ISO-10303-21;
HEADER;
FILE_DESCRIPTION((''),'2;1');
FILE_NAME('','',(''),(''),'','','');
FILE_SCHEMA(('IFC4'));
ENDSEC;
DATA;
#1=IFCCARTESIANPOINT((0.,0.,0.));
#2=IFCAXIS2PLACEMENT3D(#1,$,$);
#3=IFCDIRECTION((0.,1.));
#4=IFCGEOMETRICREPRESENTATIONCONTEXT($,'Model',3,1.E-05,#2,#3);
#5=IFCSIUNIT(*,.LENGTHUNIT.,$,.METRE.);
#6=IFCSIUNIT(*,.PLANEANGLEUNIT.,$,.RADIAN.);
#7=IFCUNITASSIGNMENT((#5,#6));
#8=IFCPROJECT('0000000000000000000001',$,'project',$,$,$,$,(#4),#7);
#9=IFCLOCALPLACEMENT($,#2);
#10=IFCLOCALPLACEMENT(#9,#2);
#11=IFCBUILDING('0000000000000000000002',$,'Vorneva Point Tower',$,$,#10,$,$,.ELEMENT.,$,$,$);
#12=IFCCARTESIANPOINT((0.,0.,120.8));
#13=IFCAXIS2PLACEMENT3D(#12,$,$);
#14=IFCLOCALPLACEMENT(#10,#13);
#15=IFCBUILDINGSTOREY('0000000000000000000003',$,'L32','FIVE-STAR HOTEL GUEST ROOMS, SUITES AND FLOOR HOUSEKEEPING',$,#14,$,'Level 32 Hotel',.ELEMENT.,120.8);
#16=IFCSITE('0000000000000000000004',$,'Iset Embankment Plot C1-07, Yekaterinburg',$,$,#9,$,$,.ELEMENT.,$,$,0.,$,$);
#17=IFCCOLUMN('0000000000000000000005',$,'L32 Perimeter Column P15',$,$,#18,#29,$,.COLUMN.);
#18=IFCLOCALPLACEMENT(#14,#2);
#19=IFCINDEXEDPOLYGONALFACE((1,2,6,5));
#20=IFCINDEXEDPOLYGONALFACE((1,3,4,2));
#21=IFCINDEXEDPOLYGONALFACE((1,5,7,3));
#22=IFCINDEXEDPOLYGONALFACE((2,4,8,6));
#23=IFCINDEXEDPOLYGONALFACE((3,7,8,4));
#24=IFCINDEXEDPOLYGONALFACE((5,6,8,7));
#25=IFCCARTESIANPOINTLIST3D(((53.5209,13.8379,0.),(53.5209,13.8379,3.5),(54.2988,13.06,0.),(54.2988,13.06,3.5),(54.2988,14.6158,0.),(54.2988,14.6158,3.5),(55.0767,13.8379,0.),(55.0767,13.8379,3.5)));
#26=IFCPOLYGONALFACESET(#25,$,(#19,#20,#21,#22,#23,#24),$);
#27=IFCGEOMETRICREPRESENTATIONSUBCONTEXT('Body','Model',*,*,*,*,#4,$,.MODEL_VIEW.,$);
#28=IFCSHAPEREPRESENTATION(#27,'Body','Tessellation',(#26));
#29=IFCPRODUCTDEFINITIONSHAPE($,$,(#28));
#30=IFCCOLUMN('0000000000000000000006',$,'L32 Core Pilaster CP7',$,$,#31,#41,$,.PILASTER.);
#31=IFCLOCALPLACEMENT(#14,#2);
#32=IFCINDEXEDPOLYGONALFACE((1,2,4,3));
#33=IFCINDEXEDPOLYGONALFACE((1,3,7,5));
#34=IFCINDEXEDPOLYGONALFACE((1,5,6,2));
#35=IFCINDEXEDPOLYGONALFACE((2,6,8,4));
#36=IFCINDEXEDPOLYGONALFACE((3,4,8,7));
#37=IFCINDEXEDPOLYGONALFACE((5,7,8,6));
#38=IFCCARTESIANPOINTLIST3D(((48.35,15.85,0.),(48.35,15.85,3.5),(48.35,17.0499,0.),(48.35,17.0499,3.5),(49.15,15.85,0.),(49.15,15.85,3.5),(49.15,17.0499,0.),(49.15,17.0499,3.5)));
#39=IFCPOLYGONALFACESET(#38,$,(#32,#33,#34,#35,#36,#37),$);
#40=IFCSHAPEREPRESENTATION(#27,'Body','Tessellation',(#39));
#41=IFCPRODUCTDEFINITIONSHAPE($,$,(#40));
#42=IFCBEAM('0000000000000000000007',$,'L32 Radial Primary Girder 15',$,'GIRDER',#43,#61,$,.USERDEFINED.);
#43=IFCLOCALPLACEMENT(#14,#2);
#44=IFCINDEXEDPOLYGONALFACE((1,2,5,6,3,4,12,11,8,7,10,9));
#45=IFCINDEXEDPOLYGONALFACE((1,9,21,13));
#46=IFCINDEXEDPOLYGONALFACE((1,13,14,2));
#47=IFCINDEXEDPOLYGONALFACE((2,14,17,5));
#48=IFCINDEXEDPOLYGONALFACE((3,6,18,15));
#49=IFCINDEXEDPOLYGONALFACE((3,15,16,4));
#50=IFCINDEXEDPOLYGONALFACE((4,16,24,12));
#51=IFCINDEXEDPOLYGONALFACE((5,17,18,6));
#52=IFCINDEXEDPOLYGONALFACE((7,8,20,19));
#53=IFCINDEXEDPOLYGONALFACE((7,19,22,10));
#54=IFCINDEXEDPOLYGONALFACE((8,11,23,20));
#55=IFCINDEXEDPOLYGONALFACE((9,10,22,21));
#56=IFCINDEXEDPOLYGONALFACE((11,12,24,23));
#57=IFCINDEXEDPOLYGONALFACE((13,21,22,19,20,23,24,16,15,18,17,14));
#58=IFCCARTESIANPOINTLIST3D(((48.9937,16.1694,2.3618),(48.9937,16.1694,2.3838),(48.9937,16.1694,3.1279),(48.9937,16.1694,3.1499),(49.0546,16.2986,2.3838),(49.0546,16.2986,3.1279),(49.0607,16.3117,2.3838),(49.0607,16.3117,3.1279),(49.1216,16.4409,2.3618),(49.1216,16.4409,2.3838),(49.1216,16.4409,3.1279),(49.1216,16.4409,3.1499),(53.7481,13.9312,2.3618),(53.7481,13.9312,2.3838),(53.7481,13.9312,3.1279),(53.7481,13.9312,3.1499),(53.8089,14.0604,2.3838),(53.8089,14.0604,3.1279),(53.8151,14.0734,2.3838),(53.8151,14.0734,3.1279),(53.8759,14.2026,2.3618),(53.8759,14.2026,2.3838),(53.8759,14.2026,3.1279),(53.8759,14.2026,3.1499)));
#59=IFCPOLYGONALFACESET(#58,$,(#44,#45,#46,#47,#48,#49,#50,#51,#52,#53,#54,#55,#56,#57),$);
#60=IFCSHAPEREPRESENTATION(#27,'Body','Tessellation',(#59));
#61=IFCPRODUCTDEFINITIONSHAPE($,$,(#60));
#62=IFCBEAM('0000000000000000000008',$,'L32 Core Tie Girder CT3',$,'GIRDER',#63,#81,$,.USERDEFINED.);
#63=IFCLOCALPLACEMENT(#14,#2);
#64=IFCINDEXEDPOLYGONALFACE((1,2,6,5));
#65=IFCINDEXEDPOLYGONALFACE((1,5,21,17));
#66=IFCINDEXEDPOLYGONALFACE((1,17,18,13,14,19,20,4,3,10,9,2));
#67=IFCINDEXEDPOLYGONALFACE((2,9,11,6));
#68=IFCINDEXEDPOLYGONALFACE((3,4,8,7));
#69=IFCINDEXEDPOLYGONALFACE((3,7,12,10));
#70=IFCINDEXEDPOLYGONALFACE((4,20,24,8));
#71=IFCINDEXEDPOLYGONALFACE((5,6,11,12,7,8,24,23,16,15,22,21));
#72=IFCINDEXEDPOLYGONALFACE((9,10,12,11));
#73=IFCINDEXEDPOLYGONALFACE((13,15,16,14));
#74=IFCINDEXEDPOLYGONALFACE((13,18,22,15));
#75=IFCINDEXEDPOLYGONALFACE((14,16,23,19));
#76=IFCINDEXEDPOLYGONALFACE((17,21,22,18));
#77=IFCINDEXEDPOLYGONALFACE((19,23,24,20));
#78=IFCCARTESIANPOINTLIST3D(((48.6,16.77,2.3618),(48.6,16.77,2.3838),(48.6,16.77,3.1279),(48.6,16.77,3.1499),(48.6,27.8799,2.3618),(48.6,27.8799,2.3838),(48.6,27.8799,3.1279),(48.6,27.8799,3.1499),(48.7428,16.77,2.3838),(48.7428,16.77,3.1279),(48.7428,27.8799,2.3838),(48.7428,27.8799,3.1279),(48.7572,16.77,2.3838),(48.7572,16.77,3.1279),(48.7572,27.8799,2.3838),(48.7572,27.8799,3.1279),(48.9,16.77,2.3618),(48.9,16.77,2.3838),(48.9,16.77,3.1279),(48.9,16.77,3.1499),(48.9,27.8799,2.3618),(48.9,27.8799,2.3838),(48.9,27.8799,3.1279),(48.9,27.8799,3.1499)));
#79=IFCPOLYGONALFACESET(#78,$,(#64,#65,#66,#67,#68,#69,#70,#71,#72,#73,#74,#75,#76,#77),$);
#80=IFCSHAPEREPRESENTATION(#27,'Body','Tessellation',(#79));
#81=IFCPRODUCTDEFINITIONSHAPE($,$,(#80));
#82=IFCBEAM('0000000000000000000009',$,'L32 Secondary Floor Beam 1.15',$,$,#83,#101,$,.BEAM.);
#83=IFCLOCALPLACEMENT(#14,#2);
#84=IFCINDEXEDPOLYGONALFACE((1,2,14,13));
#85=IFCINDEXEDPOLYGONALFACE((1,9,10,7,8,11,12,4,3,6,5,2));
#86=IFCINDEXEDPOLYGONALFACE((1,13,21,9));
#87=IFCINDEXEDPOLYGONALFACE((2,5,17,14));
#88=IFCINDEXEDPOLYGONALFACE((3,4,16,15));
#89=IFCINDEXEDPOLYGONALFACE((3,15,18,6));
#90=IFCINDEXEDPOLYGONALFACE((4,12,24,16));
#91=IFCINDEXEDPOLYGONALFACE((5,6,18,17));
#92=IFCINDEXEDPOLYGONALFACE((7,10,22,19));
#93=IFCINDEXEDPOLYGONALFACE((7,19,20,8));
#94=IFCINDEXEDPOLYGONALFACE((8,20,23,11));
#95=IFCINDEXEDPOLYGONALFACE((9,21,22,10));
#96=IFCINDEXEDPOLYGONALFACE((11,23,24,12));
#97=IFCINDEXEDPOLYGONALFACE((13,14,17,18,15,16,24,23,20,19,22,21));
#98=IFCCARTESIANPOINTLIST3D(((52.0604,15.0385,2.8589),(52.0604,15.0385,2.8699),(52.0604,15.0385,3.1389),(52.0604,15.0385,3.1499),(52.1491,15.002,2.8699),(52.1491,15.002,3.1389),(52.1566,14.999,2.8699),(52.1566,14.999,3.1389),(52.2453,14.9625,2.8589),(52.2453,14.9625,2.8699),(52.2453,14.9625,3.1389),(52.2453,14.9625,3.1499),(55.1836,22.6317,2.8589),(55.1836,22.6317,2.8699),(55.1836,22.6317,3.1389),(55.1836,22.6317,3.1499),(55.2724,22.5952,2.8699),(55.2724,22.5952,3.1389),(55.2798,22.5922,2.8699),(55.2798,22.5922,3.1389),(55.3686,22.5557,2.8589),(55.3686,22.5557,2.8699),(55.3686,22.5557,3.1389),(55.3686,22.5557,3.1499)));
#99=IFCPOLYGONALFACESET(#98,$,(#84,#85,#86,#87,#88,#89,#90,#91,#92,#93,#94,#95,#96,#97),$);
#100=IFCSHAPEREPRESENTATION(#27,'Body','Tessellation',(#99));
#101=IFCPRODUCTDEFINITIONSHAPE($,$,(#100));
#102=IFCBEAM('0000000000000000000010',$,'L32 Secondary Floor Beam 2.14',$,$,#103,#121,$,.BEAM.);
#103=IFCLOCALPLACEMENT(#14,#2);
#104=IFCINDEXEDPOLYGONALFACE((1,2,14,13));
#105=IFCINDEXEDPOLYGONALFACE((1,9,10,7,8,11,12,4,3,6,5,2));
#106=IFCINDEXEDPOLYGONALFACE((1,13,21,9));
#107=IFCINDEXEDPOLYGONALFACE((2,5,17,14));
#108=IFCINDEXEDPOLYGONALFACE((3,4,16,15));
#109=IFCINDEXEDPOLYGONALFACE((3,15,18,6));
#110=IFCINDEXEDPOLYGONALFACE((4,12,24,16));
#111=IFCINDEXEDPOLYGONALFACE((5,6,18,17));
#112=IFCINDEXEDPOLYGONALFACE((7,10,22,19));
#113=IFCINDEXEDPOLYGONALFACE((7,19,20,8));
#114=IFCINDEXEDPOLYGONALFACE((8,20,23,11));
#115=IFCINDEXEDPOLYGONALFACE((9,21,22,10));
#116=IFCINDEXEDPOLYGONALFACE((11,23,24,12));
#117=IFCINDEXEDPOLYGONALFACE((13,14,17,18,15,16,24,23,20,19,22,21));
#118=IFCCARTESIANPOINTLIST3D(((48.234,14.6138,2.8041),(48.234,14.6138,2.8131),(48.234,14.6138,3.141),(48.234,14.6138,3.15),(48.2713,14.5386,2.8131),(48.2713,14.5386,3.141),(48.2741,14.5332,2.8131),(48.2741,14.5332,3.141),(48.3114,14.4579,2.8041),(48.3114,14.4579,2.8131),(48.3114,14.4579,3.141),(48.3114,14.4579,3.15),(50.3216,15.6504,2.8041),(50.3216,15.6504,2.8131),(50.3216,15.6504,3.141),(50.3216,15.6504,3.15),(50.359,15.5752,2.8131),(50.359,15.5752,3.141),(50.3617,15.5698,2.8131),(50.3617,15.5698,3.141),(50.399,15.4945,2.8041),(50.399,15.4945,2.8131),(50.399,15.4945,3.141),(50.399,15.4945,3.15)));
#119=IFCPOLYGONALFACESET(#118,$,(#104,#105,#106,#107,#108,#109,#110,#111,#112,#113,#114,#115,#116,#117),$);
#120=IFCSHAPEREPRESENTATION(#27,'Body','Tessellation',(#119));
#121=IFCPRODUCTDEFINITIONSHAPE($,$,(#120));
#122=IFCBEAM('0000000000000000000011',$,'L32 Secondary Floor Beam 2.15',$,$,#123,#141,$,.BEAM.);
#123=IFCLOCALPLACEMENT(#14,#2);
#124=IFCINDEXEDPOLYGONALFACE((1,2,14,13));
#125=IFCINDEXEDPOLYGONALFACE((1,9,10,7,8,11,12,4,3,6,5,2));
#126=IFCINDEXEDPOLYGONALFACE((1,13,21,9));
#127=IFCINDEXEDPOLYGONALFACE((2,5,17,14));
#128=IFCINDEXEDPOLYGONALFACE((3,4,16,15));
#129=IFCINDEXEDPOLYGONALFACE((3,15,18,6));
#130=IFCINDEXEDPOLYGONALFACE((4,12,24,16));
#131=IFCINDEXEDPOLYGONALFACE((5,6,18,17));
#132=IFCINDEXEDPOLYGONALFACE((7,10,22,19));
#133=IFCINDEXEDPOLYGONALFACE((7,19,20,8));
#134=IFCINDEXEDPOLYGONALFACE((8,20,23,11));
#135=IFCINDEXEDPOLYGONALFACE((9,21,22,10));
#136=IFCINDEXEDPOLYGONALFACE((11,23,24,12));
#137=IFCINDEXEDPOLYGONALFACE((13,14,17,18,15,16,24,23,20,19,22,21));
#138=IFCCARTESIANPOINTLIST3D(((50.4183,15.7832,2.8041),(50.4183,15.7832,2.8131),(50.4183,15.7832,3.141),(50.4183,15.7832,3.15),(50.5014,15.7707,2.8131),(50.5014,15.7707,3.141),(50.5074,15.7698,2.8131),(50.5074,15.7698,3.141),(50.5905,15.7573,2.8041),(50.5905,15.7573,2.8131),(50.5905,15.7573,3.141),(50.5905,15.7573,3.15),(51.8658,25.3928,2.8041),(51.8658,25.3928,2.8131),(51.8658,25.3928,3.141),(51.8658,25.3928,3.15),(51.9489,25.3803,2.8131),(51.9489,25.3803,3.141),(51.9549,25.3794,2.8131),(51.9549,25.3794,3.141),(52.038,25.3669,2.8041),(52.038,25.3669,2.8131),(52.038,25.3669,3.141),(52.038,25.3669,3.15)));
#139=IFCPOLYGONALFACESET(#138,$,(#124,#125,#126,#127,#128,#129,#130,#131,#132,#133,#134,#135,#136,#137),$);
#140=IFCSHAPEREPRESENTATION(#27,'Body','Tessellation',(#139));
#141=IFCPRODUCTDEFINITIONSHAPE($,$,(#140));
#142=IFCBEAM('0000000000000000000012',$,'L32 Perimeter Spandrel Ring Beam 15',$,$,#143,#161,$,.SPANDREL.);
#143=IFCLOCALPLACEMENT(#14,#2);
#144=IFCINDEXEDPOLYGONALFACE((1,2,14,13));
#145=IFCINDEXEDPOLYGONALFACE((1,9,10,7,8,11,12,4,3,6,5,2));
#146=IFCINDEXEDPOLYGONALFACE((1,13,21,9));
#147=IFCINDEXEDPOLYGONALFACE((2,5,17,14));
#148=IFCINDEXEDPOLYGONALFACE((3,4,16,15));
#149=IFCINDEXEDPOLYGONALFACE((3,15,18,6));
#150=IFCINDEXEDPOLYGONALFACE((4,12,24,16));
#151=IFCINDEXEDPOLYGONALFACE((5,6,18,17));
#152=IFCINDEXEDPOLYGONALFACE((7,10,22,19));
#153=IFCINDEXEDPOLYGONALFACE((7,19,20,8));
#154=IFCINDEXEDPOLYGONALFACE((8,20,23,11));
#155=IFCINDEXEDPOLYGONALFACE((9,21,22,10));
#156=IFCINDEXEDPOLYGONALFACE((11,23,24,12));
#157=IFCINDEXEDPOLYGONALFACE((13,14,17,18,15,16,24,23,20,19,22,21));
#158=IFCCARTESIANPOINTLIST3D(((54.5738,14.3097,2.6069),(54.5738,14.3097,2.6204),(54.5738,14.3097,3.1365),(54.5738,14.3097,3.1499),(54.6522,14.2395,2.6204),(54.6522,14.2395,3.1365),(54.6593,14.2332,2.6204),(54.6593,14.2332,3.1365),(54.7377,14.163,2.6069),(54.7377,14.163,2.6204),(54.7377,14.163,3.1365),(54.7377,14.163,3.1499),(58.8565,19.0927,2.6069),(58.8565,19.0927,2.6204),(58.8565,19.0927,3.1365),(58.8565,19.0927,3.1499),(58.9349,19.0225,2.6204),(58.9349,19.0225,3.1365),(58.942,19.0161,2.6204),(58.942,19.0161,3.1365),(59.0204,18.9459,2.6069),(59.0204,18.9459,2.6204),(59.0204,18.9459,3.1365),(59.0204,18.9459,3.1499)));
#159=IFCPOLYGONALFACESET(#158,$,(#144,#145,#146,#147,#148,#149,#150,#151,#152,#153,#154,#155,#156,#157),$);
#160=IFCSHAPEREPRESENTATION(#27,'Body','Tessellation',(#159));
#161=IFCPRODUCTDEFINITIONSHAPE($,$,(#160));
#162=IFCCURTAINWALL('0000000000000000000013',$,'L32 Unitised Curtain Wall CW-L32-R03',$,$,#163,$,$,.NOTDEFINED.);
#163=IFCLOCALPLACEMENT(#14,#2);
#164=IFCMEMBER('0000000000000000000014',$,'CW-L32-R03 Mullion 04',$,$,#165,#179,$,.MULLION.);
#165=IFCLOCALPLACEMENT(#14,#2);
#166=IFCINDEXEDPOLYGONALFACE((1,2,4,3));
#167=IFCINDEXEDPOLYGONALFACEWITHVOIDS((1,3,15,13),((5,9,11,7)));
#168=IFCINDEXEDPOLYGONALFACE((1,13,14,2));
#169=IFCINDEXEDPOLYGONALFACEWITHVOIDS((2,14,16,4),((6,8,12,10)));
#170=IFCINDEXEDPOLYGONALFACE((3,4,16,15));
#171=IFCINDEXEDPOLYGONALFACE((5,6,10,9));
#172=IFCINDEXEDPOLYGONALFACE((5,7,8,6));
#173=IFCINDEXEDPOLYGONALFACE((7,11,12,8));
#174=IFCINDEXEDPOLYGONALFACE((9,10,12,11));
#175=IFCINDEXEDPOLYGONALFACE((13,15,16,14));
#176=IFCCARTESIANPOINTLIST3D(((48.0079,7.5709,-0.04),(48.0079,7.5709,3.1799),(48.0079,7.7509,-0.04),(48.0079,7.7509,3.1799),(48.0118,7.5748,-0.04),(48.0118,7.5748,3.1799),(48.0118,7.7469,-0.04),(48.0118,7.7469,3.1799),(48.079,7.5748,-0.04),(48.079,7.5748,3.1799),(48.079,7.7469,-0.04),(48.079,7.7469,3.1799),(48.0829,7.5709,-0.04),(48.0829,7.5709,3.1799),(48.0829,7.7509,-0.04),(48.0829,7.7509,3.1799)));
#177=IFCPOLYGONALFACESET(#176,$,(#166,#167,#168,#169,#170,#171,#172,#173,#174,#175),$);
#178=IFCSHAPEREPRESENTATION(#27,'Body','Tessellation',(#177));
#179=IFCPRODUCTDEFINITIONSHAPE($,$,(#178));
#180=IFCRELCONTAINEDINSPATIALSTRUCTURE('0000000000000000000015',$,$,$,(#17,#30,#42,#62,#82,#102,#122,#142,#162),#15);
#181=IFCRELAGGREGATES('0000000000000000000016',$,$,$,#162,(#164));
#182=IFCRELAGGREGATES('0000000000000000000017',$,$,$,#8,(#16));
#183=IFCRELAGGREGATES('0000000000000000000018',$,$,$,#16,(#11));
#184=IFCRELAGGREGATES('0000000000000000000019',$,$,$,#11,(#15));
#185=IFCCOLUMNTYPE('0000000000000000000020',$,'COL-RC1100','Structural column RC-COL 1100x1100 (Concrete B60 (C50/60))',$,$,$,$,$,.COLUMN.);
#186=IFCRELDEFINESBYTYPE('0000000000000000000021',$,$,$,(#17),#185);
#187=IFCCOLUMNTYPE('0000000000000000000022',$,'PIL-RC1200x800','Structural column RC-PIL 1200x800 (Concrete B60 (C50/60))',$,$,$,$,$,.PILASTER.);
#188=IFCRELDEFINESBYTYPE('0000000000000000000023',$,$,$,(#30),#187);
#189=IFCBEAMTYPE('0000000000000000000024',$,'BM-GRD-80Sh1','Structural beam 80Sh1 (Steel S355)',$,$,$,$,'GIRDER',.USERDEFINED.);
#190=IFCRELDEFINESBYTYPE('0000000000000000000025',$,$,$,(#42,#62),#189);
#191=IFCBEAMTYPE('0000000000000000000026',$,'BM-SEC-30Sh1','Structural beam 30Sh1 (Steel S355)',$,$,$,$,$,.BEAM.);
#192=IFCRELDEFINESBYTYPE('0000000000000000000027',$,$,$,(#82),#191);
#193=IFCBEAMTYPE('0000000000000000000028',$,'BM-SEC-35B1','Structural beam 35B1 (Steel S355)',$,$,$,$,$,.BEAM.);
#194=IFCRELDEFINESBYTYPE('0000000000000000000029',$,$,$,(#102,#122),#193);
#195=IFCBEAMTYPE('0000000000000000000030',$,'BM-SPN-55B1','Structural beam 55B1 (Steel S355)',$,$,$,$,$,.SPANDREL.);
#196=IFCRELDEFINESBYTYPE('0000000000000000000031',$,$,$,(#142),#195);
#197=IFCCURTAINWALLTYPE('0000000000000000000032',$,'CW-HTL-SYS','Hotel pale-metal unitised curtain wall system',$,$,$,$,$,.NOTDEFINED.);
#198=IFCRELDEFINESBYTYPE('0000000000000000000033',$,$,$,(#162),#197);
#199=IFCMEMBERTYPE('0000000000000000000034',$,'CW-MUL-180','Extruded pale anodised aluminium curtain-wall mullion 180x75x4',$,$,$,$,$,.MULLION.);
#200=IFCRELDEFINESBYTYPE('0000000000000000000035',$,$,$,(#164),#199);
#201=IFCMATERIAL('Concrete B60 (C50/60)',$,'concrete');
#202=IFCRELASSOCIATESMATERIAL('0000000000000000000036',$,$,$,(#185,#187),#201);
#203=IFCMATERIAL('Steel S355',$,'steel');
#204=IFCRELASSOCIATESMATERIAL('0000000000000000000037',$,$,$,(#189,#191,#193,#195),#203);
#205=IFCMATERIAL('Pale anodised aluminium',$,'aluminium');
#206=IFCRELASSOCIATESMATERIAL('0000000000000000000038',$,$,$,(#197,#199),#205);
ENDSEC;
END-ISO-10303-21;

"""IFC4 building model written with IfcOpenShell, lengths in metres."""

from ifc_helpers import new_model, si_unit, direction, frame, origin, origin_2d, place, context, subcontext, project, spatial, rectangle, hollow_rectangle, i_section, extrude, material, material_profile, profile_set, type_object, element, aggregate, save


model = new_model("IFC4")

# Units and contexts
model_context = context("Model", 3, precision=1e-05, world=origin(), true_north=direction((0.0, 1.0)))
body_context = subcontext(model_context, "Body", "Model", "MODEL_VIEW")
ifc_project = project(units=[si_unit("LENGTHUNIT", "METRE"), si_unit("PLANEANGLEUNIT", "RADIAN")], contexts=[model_context])

# Site, building, storey
site_placement = place(None, origin())
site = spatial("IfcSite", under=ifc_project, at=site_placement, Name="Iset Embankment Plot C1-07, Yekaterinburg", CompositionType="ELEMENT", RefElevation=0.0)
building_placement = place(site_placement, origin())
building = spatial("IfcBuilding", under=site, at=building_placement, Name="Vorneva Point Tower", CompositionType="ELEMENT")
storey_placement = place(building_placement, frame((0.0, 0.0, 120.8)))
storey = spatial("IfcBuildingStorey", under=building, at=storey_placement, Name="L32", Description="FIVE-STAR HOTEL GUEST ROOMS, SUITES AND FLOOR HOUSEKEEPING", LongName="Level 32 Hotel", CompositionType="ELEMENT", Elevation=120.8)

# Columns
ifc_material_1 = material(Name="Concrete B60 (C50/60)", Category="concrete")
ifc_material_profile_1 = material_profile(ifc_material_1, rectangle(XDim=1.1001, YDim=1.1001, at=origin_2d()), Name="RC-COL 1100x1100")
ifc_profile_set_1 = profile_set([ifc_material_profile_1], Name="Concrete B60 (C50/60)")
column_type_1 = type_object("IfcColumnType", Name="COL-RC1100", Description="Structural column RC-COL 1100x1100 (Concrete B60 (C50/60))", PredefinedType="COLUMN", material=ifc_profile_set_1)
column_1_placement = place(storey_placement, frame((54.2988, 13.8379, 0.0), z_axis=(0.0, 0.0, 1.0), x_axis=(0.707107, -0.707107, 0.0)))
element("IfcColumn", 1, at=column_1_placement, inside=storey, type_object=column_type_1, Name="L32 Perimeter Column P15", PredefinedType="COLUMN", context=body_context, shape_type="SweptSolid", body=[
    extrude(rectangle(XDim=1.1001, YDim=1.1001, at=origin_2d()), origin(), (0.0, 0.0, 1.0), 3.5),
])
ifc_material_profile_2 = material_profile(ifc_material_1, rectangle(XDim=0.8, YDim=1.2, at=origin_2d()), Name="RC-PIL 1200x800")
ifc_profile_set_2 = profile_set([ifc_material_profile_2], Name="Concrete B60 (C50/60)")
column_type_2 = type_object("IfcColumnType", Name="PIL-RC1200x800", Description="Structural column RC-PIL 1200x800 (Concrete B60 (C50/60))", PredefinedType="PILASTER", material=ifc_profile_set_2)
column_2_placement = place(storey_placement, frame((48.75, 16.45, 0.0), z_axis=(0.0, 0.0, 1.0), x_axis=(1.0, 0.0, 0.0)))
element("IfcColumn", 2, at=column_2_placement, inside=storey, type_object=column_type_2, Name="L32 Core Pilaster CP7", PredefinedType="PILASTER", context=body_context, shape_type="SweptSolid", body=[
    extrude(rectangle(XDim=0.8, YDim=1.2, at=origin_2d()), origin(), (0.0, 0.0, 1.0), 3.5),
])

# Beams
ifc_material_2 = material(Name="Steel S355", Category="steel")
ifc_material_profile_3 = material_profile(ifc_material_2, i_section(OverallWidth=0.3, OverallDepth=0.7881, WebThickness=0.0144, FlangeThickness=0.022, at=origin_2d()), Name="80Sh1")
ifc_profile_set_3 = profile_set([ifc_material_profile_3], Name="Steel S355")
beam_type_1 = type_object("IfcBeamType", Name="BM-GRD-80Sh1", Description="Structural beam 80Sh1 (Steel S355)", ElementType="GIRDER", PredefinedType="USERDEFINED", material=ifc_profile_set_3)
beam_1_placement = place(storey_placement, frame((53.812, 14.0669, 2.7559), z_axis=(-0.904751, 0.42594, 0.0), x_axis=(-0.42594, -0.904751, 0.0)))
element("IfcBeam", 3, at=beam_1_placement, inside=storey, type_object=beam_type_1, Name="L32 Radial Primary Girder 15", ObjectType="GIRDER", PredefinedType="USERDEFINED", context=body_context, shape_type="SweptSolid", body=[
    extrude(i_section(OverallWidth=0.3, OverallDepth=0.7881, WebThickness=0.0144, FlangeThickness=0.022, at=origin_2d()), origin(), (0.0, 0.0, 1.0), 5.2549),
])
beam_2_placement = place(storey_placement, frame((48.75, 16.77, 2.7559), z_axis=(0.0, 1.0, 0.0), x_axis=(-1.0, 0.0, 0.0)))
element("IfcBeam", 4, at=beam_2_placement, inside=storey, type_object=beam_type_1, Name="L32 Core Tie Girder CT3", ObjectType="GIRDER", PredefinedType="USERDEFINED", context=body_context, shape_type="SweptSolid", body=[
    extrude(i_section(OverallWidth=0.3, OverallDepth=0.7881, WebThickness=0.0144, FlangeThickness=0.022, at=origin_2d()), origin(), (0.0, 0.0, 1.0), 11.1099),
])
ifc_material_profile_4 = material_profile(ifc_material_2, i_section(OverallWidth=0.2, OverallDepth=0.291, WebThickness=0.0081, FlangeThickness=0.011, at=origin_2d()), Name="30Sh1")
ifc_profile_set_4 = profile_set([ifc_material_profile_4], Name="Steel S355")
beam_type_2 = type_object("IfcBeamType", Name="BM-SEC-30Sh1", Description="Structural beam 30Sh1 (Steel S355)", PredefinedType="BEAM", material=ifc_profile_set_4)
beam_3_placement = place(storey_placement, frame((52.1528, 15.0005, 3.0044), z_axis=(0.380401, 0.924822, 0.0), x_axis=(-0.924822, 0.380401, 0.0)))
element("IfcBeam", 5, at=beam_3_placement, inside=storey, type_object=beam_type_2, Name="L32 Secondary Floor Beam 1.15", PredefinedType="BEAM", context=body_context, shape_type="SweptSolid", body=[
    extrude(i_section(OverallWidth=0.2, OverallDepth=0.291, WebThickness=0.0081, FlangeThickness=0.011, at=origin_2d()), origin(), (0.0, 0.0, 1.0), 8.2104),
])
ifc_material_profile_5 = material_profile(ifc_material_2, i_section(OverallWidth=0.1741, OverallDepth=0.3459, WebThickness=0.0061, FlangeThickness=0.009, at=origin_2d()), Name="35B1")
ifc_profile_set_5 = profile_set([ifc_material_profile_5], Name="Steel S355")
beam_type_3 = type_object("IfcBeamType", Name="BM-SEC-35B1", Description="Structural beam 35B1 (Steel S355)", PredefinedType="BEAM", material=ifc_profile_set_5)
beam_4_placement = place(storey_placement, frame((48.2727, 14.5359, 2.9771), z_axis=(0.89566, 0.44474, 0.0), x_axis=(-0.44474, 0.89566, 0.0)))
element("IfcBeam", 6, at=beam_4_placement, inside=storey, type_object=beam_type_3, Name="L32 Secondary Floor Beam 2.14", PredefinedType="BEAM", context=body_context, shape_type="SweptSolid", body=[
    extrude(i_section(OverallWidth=0.1741, OverallDepth=0.3459, WebThickness=0.0061, FlangeThickness=0.009, at=origin_2d()), origin(), (0.0, 0.0, 1.0), 2.3308),
])
beam_5_placement = place(storey_placement, frame((50.5044, 15.7703, 2.9771), z_axis=(0.148951, 0.988845, 0.0), x_axis=(-0.988845, 0.148951, 0.0)))
element("IfcBeam", 7, at=beam_5_placement, inside=storey, type_object=beam_type_3, Name="L32 Secondary Floor Beam 2.15", PredefinedType="BEAM", context=body_context, shape_type="SweptSolid", body=[
    extrude(i_section(OverallWidth=0.1741, OverallDepth=0.3459, WebThickness=0.0061, FlangeThickness=0.009, at=origin_2d()), origin(), (0.0, 0.0, 1.0), 9.718),
])
ifc_material_profile_6 = material_profile(ifc_material_2, i_section(OverallWidth=0.22, OverallDepth=0.543, WebThickness=0.0095, FlangeThickness=0.0134, at=origin_2d()), Name="55B1")
ifc_profile_set_6 = profile_set([ifc_material_profile_6], Name="Steel S355")
beam_type_4 = type_object("IfcBeamType", Name="BM-SPN-55B1", Description="Structural beam 55B1 (Steel S355)", PredefinedType="SPANDREL", material=ifc_profile_set_6)
beam_6_placement = place(storey_placement, frame((54.6558, 14.2363, 2.8784), z_axis=(0.667074, 0.744992, 0.0), x_axis=(-0.744992, 0.667074, 0.0)))
element("IfcBeam", 8, at=beam_6_placement, inside=storey, type_object=beam_type_4, Name="L32 Perimeter Spandrel Ring Beam 15", PredefinedType="SPANDREL", context=body_context, shape_type="SweptSolid", body=[
    extrude(i_section(OverallWidth=0.22, OverallDepth=0.543, WebThickness=0.0095, FlangeThickness=0.0134, at=origin_2d()), origin(), (0.0, 0.0, 1.0), 6.4202),
])

# Curtain wall, member
ifc_material_3 = material(Name="Pale anodised aluminium", Category="aluminium")
curtain_wall_type = type_object("IfcCurtainWallType", Name="CW-HTL-SYS", Description="Hotel pale-metal unitised curtain wall system", PredefinedType="NOTDEFINED", material=ifc_material_3)
curtain_wall_1_placement = place(storey_placement, origin())
curtain_wall_1 = element("IfcCurtainWall", 9, at=curtain_wall_1_placement, inside=storey, type_object=curtain_wall_type, Name="L32 Unitised Curtain Wall CW-L32-R03", PredefinedType="NOTDEFINED")
ifc_material_profile_7 = material_profile(ifc_material_3, hollow_rectangle(XDim=0.075, YDim=0.1799, WallThickness=0.0039, at=origin_2d()), Name="AL-MUL 180x75x4")
ifc_profile_set_7 = profile_set([ifc_material_profile_7], Name="Pale anodised aluminium")
member_type_1 = type_object("IfcMemberType", Name="CW-MUL-180", Description="Extruded pale anodised aluminium curtain-wall mullion 180x75x4", PredefinedType="MULLION", material=ifc_profile_set_7)
member_1_placement = place(storey_placement, frame((48.0454, 7.6609, -0.04), z_axis=(0.0, 0.0, 1.0), x_axis=(1.0, 0.0, 0.0)))
member_1 = element("IfcMember", 10, at=member_1_placement, type_object=member_type_1, Name="CW-L32-R03 Mullion 04", PredefinedType="MULLION", context=body_context, shape_type="SweptSolid", body=[
    extrude(hollow_rectangle(XDim=0.075, YDim=0.1799, WallThickness=0.0039, at=origin_2d()), origin(), (0.0, 0.0, 1.0), 3.22),
])
aggregate(curtain_wall_1, [member_1])

save(model, "model.ifc")
